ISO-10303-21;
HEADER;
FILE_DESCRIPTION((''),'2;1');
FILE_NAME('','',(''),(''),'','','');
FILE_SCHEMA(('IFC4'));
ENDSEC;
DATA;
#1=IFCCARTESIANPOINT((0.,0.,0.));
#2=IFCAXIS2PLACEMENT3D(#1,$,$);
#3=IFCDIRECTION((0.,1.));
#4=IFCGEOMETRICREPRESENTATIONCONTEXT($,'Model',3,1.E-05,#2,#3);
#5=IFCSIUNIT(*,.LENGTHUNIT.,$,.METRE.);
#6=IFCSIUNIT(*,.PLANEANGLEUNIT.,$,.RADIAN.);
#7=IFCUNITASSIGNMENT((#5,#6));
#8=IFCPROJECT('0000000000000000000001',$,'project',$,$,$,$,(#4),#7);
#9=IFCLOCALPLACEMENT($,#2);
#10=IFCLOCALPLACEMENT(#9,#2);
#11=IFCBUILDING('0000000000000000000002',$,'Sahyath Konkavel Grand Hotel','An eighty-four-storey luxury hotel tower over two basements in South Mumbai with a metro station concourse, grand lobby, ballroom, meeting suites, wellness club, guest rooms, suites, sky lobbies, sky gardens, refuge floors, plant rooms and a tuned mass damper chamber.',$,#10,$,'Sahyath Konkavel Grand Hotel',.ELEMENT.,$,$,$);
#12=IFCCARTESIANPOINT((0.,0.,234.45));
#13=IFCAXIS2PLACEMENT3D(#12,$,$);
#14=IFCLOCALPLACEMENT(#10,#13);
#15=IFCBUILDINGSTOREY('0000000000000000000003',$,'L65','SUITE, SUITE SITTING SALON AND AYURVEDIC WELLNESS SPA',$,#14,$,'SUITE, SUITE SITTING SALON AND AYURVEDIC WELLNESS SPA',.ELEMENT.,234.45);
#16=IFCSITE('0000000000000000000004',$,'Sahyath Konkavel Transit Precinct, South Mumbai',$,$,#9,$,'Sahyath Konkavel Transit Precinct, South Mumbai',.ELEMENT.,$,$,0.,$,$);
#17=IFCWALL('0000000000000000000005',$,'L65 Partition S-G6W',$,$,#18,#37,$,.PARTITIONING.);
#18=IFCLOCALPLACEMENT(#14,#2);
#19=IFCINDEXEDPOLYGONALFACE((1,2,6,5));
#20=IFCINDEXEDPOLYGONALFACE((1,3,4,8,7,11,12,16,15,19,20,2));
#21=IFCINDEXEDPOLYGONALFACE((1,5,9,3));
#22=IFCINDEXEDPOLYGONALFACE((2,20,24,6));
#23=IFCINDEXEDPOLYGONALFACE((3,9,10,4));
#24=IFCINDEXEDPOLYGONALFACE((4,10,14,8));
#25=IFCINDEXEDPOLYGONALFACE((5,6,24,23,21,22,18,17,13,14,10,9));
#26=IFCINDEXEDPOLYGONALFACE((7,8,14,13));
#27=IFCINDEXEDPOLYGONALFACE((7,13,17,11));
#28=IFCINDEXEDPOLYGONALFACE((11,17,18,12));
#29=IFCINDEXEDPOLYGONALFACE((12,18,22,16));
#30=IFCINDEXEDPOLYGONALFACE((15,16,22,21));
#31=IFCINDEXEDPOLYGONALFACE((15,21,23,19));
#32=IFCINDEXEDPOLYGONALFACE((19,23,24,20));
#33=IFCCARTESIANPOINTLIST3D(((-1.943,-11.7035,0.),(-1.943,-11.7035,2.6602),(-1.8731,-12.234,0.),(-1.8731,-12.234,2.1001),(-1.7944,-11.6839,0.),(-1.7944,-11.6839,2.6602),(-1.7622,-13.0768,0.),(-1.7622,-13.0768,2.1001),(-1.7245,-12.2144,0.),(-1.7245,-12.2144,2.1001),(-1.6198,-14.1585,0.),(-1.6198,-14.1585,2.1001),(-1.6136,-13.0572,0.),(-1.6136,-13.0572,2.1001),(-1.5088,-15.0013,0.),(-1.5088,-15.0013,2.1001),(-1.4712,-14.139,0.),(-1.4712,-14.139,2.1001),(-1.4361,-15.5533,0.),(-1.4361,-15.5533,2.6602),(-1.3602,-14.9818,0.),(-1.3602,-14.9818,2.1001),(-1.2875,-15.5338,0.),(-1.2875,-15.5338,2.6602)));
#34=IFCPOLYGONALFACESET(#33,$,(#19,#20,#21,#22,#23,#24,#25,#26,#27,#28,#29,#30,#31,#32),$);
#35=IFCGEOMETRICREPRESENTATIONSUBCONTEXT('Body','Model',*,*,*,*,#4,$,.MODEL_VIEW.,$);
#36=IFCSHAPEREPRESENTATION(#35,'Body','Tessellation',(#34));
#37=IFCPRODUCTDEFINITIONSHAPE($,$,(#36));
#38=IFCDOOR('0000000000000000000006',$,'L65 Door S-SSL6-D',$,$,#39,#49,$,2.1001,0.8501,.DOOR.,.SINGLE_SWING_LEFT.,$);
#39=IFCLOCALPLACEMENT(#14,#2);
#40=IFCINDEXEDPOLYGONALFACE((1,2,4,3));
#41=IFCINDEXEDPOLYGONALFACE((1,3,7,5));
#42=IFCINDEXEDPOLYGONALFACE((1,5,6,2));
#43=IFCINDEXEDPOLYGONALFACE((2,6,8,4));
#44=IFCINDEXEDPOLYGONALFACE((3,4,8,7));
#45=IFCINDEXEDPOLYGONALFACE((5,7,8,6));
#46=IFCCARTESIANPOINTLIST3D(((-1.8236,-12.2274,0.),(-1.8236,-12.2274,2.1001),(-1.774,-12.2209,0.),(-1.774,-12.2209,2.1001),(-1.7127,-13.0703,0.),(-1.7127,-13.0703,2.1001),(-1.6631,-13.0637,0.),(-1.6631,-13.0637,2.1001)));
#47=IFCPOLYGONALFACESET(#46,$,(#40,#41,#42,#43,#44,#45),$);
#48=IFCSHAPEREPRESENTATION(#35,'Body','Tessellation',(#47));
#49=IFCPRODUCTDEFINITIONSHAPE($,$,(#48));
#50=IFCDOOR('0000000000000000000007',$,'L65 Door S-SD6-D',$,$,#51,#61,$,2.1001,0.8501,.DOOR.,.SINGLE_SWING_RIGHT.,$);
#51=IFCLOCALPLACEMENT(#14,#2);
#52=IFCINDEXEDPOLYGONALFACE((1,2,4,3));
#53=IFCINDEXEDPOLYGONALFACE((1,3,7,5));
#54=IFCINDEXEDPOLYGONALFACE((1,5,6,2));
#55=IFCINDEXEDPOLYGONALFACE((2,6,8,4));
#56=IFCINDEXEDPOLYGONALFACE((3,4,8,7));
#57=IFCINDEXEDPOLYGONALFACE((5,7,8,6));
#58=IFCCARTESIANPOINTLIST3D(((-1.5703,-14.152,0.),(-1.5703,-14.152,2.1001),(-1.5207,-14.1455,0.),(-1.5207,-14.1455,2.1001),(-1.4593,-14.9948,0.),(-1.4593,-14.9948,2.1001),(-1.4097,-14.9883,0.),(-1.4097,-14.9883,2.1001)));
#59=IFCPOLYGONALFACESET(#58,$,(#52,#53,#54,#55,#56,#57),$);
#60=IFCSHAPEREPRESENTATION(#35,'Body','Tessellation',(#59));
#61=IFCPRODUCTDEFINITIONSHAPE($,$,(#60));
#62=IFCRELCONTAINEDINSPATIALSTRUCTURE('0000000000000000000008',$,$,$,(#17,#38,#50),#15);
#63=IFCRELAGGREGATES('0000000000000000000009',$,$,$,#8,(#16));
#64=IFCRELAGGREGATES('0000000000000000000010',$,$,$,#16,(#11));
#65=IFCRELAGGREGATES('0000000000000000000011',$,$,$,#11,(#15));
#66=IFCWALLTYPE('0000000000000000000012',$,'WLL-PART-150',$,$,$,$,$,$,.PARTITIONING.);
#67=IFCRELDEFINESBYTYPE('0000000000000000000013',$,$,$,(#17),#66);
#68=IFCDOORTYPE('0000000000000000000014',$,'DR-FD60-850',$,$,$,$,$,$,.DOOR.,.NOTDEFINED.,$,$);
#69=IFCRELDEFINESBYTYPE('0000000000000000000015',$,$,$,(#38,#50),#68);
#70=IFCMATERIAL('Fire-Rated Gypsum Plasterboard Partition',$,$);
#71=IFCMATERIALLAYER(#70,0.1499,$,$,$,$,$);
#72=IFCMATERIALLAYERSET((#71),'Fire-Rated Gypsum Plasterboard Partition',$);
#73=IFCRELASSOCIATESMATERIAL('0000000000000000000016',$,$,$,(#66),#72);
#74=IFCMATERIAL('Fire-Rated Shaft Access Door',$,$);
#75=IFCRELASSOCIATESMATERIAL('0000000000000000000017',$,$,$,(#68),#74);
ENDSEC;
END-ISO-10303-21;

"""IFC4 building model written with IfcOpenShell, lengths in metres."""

from ifc_helpers import new_model, si_unit, direction, frame, frame_2d, origin, origin_2d, place, context, subcontext, project, spatial, rectangle, extrude, source, transform, mapped, material, layer, layer_set, type_object, element, fill, save


model = new_model("IFC4")

# Units and contexts
model_context = context("Model", 3, precision=1e-05, world=origin(), true_north=direction((0.0, 1.0)))
body_context = subcontext(model_context, "Body", "Model", "MODEL_VIEW")
ifc_project = project(units=[si_unit("LENGTHUNIT", "METRE"), si_unit("PLANEANGLEUNIT", "RADIAN")], contexts=[model_context])

# Site, building, storey
site_placement = place(None, origin())
site = spatial("IfcSite", under=ifc_project, at=site_placement, Name="Sahyath Konkavel Transit Precinct, South Mumbai", LongName="Sahyath Konkavel Transit Precinct, South Mumbai", CompositionType="ELEMENT", RefElevation=0.0)
building_placement = place(site_placement, origin())
building = spatial("IfcBuilding", under=site, at=building_placement, Name="Sahyath Konkavel Grand Hotel", Description="An eighty-four-storey luxury hotel tower over two basements in South Mumbai with a metro station concourse, grand lobby, ballroom, meeting suites, wellness club, guest rooms, suites, sky lobbies, sky gardens, refuge floors, plant rooms and a tuned mass damper chamber.", LongName="Sahyath Konkavel Grand Hotel", CompositionType="ELEMENT")
storey_placement = place(building_placement, frame((0.0, 0.0, 234.45)))
storey = spatial("IfcBuildingStorey", under=building, at=storey_placement, Name="L65", Description="SUITE, SUITE SITTING SALON AND AYURVEDIC WELLNESS SPA", LongName="SUITE, SUITE SITTING SALON AND AYURVEDIC WELLNESS SPA", CompositionType="ELEMENT", Elevation=234.45)

# Shared definitions
shared_shape_1 = source(origin(), body_context, "Body", "SweptSolid", [
    extrude(rectangle(XDim=0.8501, YDim=0.05, at=origin_2d()), origin(), (0.0, 0.0, 1.0), 2.1001),
])

# Wall, openings, doors
ifc_material_1 = material(Name="Fire-Rated Gypsum Plasterboard Partition")
ifc_layer_1 = layer(ifc_material_1, 0.1499)
ifc_layer_set_1 = layer_set([ifc_layer_1], Name="Fire-Rated Gypsum Plasterboard Partition")
wall_type_1 = type_object("IfcWallType", Name="WLL-PART-150", PredefinedType="PARTITIONING", material=ifc_layer_set_1)
wall_1_placement = place(storey_placement, frame((-1.8687, -11.6938, 0.0), z_axis=(0.0, 0.0, 1.0), x_axis=(0.130524, -0.991445, 0.0)))
wall_1 = element("IfcWall", 1, at=wall_1_placement, inside=storey, type_object=wall_type_1, Name="L65 Partition S-G6W", PredefinedType="PARTITIONING", context=body_context, shape_type="SweptSolid", body=[
    extrude(rectangle(XDim=3.8831, YDim=0.1499, at=frame_2d((1.9414, 0.0))), origin(), (0.0, 0.0, 1.0), 2.6602),
])
opening_1_placement = place(wall_1_placement, frame((0.5349, 0.0, 0.0)))
opening_1 = element("IfcOpeningElement", 2, at=opening_1_placement, cuts=wall_1, PredefinedType="OPENING", context=body_context, shape_type="SweptSolid", body=[
    extrude(rectangle(XDim=0.8501, YDim=2.1001, at=frame_2d((0.425, 1.05))), frame((0.0, 0.085, 0.0), z_axis=(0.0, -1.0, 0.0), x_axis=(1.0, 0.0, 0.0)), (0.0, 0.0, 1.0), 0.1699),
])
opening_2_placement = place(wall_1_placement, frame((2.4761, 0.0, 0.0)))
opening_2 = element("IfcOpeningElement", 3, at=opening_2_placement, cuts=wall_1, PredefinedType="OPENING", context=body_context, shape_type="SweptSolid", body=[
    extrude(rectangle(XDim=0.8501, YDim=2.1001, at=frame_2d((0.425, 1.05))), frame((0.0, 0.085, 0.0), z_axis=(0.0, -1.0, 0.0), x_axis=(1.0, 0.0, 0.0)), (0.0, 0.0, 1.0), 0.1699),
])
ifc_material_2 = material(Name="Fire-Rated Shaft Access Door")
door_type_1 = type_object("IfcDoorType", Name="DR-FD60-850", OperationType="NOTDEFINED", PredefinedType="DOOR", material=ifc_material_2)
door_1_placement = place(opening_1_placement, frame((0.425, 0.0, 0.0)))
door_1 = element("IfcDoor", 4, at=door_1_placement, inside=storey, type_object=door_type_1, Name="L65 Door S-SSL6-D", OperationType="SINGLE_SWING_LEFT", OverallHeight=2.1001, OverallWidth=0.8501, PredefinedType="DOOR", context=body_context, shape_type="MappedRepresentation", body=[
    mapped(shared_shape_1, transform((0.0, 0.0, 0.0), scale=1.0)),
])
fill(opening_1, door_1)
door_2_placement = place(opening_2_placement, frame((0.425, 0.0, 0.0)))
door_2 = element("IfcDoor", 5, at=door_2_placement, inside=storey, type_object=door_type_1, Name="L65 Door S-SD6-D", OperationType="SINGLE_SWING_RIGHT", OverallHeight=2.1001, OverallWidth=0.8501, PredefinedType="DOOR", context=body_context, shape_type="MappedRepresentation", body=[
    mapped(shared_shape_1, transform((0.0, 0.0, 0.0), scale=1.0)),
])
fill(opening_2, door_2)

save(model, "model.ifc")
